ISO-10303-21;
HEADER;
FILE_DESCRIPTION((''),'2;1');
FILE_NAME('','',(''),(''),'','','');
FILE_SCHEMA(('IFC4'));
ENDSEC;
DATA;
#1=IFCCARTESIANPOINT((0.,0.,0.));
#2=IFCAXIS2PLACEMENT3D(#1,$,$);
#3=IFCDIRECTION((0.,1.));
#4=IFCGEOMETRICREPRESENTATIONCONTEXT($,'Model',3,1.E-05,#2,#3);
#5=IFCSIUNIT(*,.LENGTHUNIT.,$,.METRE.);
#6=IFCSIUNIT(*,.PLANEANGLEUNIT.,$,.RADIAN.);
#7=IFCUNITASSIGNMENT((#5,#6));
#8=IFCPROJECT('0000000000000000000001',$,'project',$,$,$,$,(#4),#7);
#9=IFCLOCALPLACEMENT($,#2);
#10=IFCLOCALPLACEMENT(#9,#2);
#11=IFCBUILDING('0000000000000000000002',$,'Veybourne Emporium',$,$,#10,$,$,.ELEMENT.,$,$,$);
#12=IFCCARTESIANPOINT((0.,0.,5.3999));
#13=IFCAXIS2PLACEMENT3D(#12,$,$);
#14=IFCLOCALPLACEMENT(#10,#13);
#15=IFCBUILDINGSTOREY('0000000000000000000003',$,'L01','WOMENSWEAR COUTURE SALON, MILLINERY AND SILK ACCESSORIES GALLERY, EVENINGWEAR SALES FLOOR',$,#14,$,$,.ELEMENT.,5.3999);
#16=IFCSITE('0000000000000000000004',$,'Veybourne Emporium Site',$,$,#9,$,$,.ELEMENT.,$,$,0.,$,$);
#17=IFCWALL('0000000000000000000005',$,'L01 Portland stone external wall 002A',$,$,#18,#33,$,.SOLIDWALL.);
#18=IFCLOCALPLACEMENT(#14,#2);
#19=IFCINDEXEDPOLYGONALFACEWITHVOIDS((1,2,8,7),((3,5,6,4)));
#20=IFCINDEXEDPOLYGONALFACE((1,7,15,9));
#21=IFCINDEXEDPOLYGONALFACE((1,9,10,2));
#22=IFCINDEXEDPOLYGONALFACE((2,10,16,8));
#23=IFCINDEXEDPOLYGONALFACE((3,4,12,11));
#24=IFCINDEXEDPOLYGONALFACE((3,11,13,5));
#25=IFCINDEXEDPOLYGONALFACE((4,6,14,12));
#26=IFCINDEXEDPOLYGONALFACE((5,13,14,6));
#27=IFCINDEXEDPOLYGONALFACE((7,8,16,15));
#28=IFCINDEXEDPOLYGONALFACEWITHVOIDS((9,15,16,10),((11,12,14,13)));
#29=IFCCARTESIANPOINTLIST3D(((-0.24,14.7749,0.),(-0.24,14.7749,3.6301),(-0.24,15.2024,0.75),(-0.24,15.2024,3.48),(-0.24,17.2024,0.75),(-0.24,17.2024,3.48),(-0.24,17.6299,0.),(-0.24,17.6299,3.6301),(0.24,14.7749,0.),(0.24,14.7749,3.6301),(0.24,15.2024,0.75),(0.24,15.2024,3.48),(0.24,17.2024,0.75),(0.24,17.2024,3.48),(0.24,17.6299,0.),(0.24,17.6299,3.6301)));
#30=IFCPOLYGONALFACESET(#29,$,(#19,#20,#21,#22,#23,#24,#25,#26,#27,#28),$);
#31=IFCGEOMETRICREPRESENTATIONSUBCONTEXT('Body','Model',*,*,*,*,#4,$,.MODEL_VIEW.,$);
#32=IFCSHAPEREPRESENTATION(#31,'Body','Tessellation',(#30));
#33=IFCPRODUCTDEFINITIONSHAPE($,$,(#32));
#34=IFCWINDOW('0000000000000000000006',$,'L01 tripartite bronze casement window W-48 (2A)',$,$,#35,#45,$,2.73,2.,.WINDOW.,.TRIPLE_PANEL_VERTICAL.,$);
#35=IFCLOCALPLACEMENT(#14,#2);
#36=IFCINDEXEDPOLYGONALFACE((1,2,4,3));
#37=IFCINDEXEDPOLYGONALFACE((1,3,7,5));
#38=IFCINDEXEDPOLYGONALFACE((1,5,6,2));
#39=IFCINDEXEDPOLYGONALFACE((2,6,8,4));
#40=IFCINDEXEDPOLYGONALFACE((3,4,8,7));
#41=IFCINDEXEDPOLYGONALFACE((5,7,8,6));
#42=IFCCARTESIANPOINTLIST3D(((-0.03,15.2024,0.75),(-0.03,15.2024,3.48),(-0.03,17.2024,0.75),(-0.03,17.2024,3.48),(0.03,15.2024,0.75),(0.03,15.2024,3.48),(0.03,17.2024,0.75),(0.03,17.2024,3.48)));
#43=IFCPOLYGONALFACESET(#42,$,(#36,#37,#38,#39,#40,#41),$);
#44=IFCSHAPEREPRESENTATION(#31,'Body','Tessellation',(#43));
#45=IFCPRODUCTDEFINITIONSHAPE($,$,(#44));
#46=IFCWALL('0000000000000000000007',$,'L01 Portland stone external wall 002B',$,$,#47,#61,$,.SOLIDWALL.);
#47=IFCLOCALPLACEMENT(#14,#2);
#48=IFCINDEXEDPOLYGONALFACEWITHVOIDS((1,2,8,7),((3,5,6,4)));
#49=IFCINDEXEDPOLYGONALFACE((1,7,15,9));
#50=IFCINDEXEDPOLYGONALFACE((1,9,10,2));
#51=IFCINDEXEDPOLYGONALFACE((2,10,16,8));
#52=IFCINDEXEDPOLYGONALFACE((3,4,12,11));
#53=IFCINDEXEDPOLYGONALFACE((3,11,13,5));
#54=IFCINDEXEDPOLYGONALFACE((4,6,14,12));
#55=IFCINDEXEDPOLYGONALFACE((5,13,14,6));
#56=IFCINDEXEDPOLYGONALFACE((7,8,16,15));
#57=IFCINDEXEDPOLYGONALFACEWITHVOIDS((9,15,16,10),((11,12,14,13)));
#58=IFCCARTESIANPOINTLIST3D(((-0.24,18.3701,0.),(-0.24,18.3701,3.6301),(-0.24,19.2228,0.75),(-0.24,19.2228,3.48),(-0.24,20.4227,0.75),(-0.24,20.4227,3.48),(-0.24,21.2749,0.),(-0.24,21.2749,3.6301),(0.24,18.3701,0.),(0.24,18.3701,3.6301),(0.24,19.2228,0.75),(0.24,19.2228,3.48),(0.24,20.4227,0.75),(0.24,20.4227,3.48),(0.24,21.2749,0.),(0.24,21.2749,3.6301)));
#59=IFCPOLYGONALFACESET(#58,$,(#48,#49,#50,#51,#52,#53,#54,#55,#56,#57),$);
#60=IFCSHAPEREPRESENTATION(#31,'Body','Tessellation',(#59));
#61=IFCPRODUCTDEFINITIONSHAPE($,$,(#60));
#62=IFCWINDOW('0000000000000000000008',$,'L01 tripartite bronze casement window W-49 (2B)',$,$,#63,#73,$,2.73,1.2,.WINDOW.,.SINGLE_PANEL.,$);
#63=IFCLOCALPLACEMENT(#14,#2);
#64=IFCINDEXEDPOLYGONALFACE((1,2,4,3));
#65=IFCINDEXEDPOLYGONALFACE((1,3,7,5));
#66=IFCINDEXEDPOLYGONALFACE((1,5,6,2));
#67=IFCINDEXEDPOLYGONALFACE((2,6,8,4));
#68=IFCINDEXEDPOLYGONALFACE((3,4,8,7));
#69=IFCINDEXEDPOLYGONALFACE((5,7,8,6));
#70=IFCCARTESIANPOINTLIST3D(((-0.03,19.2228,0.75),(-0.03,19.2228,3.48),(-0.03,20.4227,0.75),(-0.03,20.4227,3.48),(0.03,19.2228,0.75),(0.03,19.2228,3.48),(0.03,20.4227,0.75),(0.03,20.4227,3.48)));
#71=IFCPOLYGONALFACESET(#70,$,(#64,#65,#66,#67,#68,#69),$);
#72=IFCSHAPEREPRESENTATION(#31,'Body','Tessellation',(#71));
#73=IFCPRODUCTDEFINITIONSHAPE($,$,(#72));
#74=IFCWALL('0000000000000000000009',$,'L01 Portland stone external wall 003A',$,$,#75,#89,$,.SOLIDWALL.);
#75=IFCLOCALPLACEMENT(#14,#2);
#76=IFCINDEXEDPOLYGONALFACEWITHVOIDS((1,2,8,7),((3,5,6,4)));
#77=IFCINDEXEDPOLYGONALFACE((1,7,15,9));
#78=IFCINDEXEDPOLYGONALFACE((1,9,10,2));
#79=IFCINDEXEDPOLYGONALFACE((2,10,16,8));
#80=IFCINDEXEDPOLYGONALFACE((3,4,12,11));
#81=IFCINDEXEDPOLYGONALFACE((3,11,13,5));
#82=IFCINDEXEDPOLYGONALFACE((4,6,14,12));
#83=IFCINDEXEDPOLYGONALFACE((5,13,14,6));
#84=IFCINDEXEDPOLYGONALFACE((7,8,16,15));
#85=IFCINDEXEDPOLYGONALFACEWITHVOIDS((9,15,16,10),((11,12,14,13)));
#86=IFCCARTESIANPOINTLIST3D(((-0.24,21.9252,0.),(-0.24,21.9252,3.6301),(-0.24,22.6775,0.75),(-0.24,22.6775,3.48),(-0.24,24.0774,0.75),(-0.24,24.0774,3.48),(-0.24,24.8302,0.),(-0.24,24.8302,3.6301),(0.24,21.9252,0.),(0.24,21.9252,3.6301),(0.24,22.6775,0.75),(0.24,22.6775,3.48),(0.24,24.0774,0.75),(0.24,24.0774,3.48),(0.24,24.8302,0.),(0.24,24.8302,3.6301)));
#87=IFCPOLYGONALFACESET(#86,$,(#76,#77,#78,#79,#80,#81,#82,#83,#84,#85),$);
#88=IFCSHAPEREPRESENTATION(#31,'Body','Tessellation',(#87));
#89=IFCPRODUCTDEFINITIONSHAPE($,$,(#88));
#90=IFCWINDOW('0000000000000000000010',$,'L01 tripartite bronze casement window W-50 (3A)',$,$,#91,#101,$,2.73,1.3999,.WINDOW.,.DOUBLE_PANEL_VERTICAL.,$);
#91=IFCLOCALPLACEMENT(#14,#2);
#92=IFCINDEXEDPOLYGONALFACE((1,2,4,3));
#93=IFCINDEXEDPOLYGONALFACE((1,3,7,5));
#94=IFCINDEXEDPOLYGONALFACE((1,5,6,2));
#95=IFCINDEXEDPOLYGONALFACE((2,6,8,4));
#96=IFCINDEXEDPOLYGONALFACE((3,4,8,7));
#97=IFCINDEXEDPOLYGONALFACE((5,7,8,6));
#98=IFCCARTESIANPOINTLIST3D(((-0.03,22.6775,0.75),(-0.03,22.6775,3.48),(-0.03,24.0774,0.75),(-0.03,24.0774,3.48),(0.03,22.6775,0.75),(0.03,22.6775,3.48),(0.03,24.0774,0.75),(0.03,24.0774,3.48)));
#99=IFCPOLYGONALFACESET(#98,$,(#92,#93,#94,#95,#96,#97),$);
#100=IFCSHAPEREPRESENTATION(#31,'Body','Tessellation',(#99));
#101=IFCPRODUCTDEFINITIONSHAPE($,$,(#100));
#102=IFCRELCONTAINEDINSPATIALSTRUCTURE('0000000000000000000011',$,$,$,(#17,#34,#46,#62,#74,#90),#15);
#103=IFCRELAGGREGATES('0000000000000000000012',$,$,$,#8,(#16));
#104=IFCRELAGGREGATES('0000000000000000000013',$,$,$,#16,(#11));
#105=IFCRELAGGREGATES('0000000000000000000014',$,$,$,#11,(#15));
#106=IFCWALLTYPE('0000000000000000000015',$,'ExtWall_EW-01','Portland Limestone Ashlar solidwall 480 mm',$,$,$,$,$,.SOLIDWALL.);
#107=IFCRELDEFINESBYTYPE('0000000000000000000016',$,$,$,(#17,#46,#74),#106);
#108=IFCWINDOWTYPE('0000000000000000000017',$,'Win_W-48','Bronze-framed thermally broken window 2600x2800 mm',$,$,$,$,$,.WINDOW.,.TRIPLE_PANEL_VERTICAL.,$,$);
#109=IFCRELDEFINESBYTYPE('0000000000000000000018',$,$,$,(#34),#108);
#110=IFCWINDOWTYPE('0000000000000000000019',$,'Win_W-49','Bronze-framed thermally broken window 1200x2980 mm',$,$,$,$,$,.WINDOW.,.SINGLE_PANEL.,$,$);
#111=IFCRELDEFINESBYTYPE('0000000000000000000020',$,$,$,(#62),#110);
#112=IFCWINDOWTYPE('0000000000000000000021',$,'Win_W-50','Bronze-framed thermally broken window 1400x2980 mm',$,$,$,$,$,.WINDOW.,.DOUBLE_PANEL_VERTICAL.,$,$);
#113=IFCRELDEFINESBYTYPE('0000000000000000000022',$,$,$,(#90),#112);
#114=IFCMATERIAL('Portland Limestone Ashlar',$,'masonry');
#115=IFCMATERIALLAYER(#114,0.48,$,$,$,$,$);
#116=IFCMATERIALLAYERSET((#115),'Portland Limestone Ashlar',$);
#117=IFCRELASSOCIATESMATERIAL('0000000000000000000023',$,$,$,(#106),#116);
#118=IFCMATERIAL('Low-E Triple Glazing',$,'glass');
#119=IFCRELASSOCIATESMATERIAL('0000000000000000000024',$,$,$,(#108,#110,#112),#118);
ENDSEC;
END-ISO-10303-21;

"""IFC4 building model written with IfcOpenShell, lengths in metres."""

from ifc_helpers import new_model, si_unit, direction, frame, frame_2d, origin, place, context, subcontext, project, spatial, rectangle, extrude, material, layer, layer_set, type_object, element, fill, save


model = new_model("IFC4")

# Units and contexts
model_context = context("Model", 3, precision=1e-05, world=origin(), true_north=direction((0.0, 1.0)))
body_context = subcontext(model_context, "Body", "Model", "MODEL_VIEW")
ifc_project = project(units=[si_unit("LENGTHUNIT", "METRE"), si_unit("PLANEANGLEUNIT", "RADIAN")], contexts=[model_context])

# Site, building, storey
site_placement = place(None, origin())
site = spatial("IfcSite", under=ifc_project, at=site_placement, Name="Veybourne Emporium Site", CompositionType="ELEMENT", RefElevation=0.0)
building_placement = place(site_placement, origin())
building = spatial("IfcBuilding", under=site, at=building_placement, Name="Veybourne Emporium", CompositionType="ELEMENT")
storey_placement = place(building_placement, frame((0.0, 0.0, 5.3999)))
storey = spatial("IfcBuildingStorey", under=building, at=storey_placement, Name="L01", Description="WOMENSWEAR COUTURE SALON, MILLINERY AND SILK ACCESSORIES GALLERY, EVENINGWEAR SALES FLOOR", CompositionType="ELEMENT", Elevation=5.3999)

# Shared definitions
ifc_material_1 = material(Name="Low-E Triple Glazing", Category="glass")

# Walls, openings, windows
ifc_material_2 = material(Name="Portland Limestone Ashlar", Category="masonry")
ifc_layer_1 = layer(ifc_material_2, 0.48)
ifc_layer_set_1 = layer_set([ifc_layer_1], Name="Portland Limestone Ashlar")
wall_type = type_object("IfcWallType", Name="ExtWall_EW-01", Description="Portland Limestone Ashlar solidwall 480 mm", PredefinedType="SOLIDWALL", material=ifc_layer_set_1)
wall_1_placement = place(storey_placement, frame((0.0, 14.7749, 0.0), z_axis=(0.0, 0.0, 1.0), x_axis=(0.0, 1.0, 0.0)))
wall_1 = element("IfcWall", 1, at=wall_1_placement, inside=storey, type_object=wall_type, Name="L01 Portland stone external wall 002A", PredefinedType="SOLIDWALL", context=body_context, shape_type="SweptSolid", body=[
    extrude(rectangle(XDim=2.855, YDim=0.48, at=frame_2d((1.4275, 0.0))), origin(), (0.0, 0.0, 1.0), 3.6301),
])
opening_1_placement = place(wall_1_placement, frame((0.4275, 0.0, 0.75)))
opening_1 = element("IfcOpeningElement", 2, at=opening_1_placement, cuts=wall_1, PredefinedType="OPENING", context=body_context, shape_type="SweptSolid", body=[
    extrude(rectangle(XDim=2.0, YDim=2.73, at=frame_2d((1.0, 1.365))), frame((0.0, 0.26, 0.0), z_axis=(0.0, -1.0, 0.0), x_axis=(1.0, 0.0, 0.0)), (0.0, 0.0, 1.0), 0.52),
])
window_type_1 = type_object("IfcWindowType", Name="Win_W-48", Description="Bronze-framed thermally broken window 2600x2800 mm", PartitioningType="TRIPLE_PANEL_VERTICAL", PredefinedType="WINDOW", material=ifc_material_1)
window_1_placement = place(opening_1_placement, origin())
window_1 = element("IfcWindow", 3, at=window_1_placement, inside=storey, type_object=window_type_1, Name="L01 tripartite bronze casement window W-48 (2A)", OverallHeight=2.73, OverallWidth=2.0, PartitioningType="TRIPLE_PANEL_VERTICAL", PredefinedType="WINDOW", context=body_context, shape_type="SweptSolid", body=[
    extrude(rectangle(XDim=2.0, YDim=2.73, at=frame_2d((1.0, 1.365))), frame((0.0, 0.03, 0.0), z_axis=(0.0, -1.0, 0.0), x_axis=(1.0, 0.0, 0.0)), (0.0, 0.0, 1.0), 0.0601),
])
fill(opening_1, window_1)
wall_2_placement = place(storey_placement, frame((0.0, 18.3701, 0.0), z_axis=(0.0, 0.0, 1.0), x_axis=(0.0, 1.0, 0.0)))
wall_2 = element("IfcWall", 4, at=wall_2_placement, inside=storey, type_object=wall_type, Name="L01 Portland stone external wall 002B", PredefinedType="SOLIDWALL", context=body_context, shape_type="SweptSolid", body=[
    extrude(rectangle(XDim=2.9048, YDim=0.48, at=frame_2d((1.4524, 0.0))), origin(), (0.0, 0.0, 1.0), 3.6301),
])
opening_2_placement = place(wall_2_placement, frame((0.8525, 0.0, 0.75)))
opening_2 = element("IfcOpeningElement", 5, at=opening_2_placement, cuts=wall_2, PredefinedType="OPENING", context=body_context, shape_type="SweptSolid", body=[
    extrude(rectangle(XDim=1.2, YDim=2.73, at=frame_2d((0.6001, 1.365))), frame((0.0, 0.26, 0.0), z_axis=(0.0, -1.0, 0.0), x_axis=(1.0, 0.0, 0.0)), (0.0, 0.0, 1.0), 0.52),
])
window_type_2 = type_object("IfcWindowType", Name="Win_W-49", Description="Bronze-framed thermally broken window 1200x2980 mm", PartitioningType="SINGLE_PANEL", PredefinedType="WINDOW", material=ifc_material_1)
window_2_placement = place(opening_2_placement, origin())
window_2 = element("IfcWindow", 6, at=window_2_placement, inside=storey, type_object=window_type_2, Name="L01 tripartite bronze casement window W-49 (2B)", OverallHeight=2.73, OverallWidth=1.2, PartitioningType="SINGLE_PANEL", PredefinedType="WINDOW", context=body_context, shape_type="SweptSolid", body=[
    extrude(rectangle(XDim=1.2, YDim=2.73, at=frame_2d((0.6001, 1.365))), frame((0.0, 0.03, 0.0), z_axis=(0.0, -1.0, 0.0), x_axis=(1.0, 0.0, 0.0)), (0.0, 0.0, 1.0), 0.0601),
])
fill(opening_2, window_2)
wall_3_placement = place(storey_placement, frame((0.0, 21.925, 0.0), z_axis=(0.0, 0.0, 1.0), x_axis=(0.0, 1.0, 0.0)))
wall_3 = element("IfcWall", 7, at=wall_3_placement, inside=storey, type_object=wall_type, Name="L01 Portland stone external wall 003A", PredefinedType="SOLIDWALL", context=body_context, shape_type="SweptSolid", body=[
    extrude(rectangle(XDim=2.905, YDim=0.48, at=frame_2d((1.4526, 0.0))), origin(), (0.0, 0.0, 1.0), 3.6301),
])
opening_3_placement = place(wall_3_placement, frame((0.7524, 0.0, 0.75)))
opening_3 = element("IfcOpeningElement", 8, at=opening_3_placement, cuts=wall_3, PredefinedType="OPENING", context=body_context, shape_type="SweptSolid", body=[
    extrude(rectangle(XDim=1.3999, YDim=2.73, at=frame_2d((0.7, 1.365))), frame((0.0, 0.26, 0.0), z_axis=(0.0, -1.0, 0.0), x_axis=(1.0, 0.0, 0.0)), (0.0, 0.0, 1.0), 0.52),
])
window_type_3 = type_object("IfcWindowType", Name="Win_W-50", Description="Bronze-framed thermally broken window 1400x2980 mm", PartitioningType="DOUBLE_PANEL_VERTICAL", PredefinedType="WINDOW", material=ifc_material_1)
window_3_placement = place(opening_3_placement, origin())
window_3 = element("IfcWindow", 9, at=window_3_placement, inside=storey, type_object=window_type_3, Name="L01 tripartite bronze casement window W-50 (3A)", OverallHeight=2.73, OverallWidth=1.3999, PartitioningType="DOUBLE_PANEL_VERTICAL", PredefinedType="WINDOW", context=body_context, shape_type="SweptSolid", body=[
    extrude(rectangle(XDim=1.3999, YDim=2.73, at=frame_2d((0.7, 1.365))), frame((0.0, 0.03, 0.0), z_axis=(0.0, -1.0, 0.0), x_axis=(1.0, 0.0, 0.0)), (0.0, 0.0, 1.0), 0.0601),
])
fill(opening_3, window_3)

save(model, "model.ifc")
